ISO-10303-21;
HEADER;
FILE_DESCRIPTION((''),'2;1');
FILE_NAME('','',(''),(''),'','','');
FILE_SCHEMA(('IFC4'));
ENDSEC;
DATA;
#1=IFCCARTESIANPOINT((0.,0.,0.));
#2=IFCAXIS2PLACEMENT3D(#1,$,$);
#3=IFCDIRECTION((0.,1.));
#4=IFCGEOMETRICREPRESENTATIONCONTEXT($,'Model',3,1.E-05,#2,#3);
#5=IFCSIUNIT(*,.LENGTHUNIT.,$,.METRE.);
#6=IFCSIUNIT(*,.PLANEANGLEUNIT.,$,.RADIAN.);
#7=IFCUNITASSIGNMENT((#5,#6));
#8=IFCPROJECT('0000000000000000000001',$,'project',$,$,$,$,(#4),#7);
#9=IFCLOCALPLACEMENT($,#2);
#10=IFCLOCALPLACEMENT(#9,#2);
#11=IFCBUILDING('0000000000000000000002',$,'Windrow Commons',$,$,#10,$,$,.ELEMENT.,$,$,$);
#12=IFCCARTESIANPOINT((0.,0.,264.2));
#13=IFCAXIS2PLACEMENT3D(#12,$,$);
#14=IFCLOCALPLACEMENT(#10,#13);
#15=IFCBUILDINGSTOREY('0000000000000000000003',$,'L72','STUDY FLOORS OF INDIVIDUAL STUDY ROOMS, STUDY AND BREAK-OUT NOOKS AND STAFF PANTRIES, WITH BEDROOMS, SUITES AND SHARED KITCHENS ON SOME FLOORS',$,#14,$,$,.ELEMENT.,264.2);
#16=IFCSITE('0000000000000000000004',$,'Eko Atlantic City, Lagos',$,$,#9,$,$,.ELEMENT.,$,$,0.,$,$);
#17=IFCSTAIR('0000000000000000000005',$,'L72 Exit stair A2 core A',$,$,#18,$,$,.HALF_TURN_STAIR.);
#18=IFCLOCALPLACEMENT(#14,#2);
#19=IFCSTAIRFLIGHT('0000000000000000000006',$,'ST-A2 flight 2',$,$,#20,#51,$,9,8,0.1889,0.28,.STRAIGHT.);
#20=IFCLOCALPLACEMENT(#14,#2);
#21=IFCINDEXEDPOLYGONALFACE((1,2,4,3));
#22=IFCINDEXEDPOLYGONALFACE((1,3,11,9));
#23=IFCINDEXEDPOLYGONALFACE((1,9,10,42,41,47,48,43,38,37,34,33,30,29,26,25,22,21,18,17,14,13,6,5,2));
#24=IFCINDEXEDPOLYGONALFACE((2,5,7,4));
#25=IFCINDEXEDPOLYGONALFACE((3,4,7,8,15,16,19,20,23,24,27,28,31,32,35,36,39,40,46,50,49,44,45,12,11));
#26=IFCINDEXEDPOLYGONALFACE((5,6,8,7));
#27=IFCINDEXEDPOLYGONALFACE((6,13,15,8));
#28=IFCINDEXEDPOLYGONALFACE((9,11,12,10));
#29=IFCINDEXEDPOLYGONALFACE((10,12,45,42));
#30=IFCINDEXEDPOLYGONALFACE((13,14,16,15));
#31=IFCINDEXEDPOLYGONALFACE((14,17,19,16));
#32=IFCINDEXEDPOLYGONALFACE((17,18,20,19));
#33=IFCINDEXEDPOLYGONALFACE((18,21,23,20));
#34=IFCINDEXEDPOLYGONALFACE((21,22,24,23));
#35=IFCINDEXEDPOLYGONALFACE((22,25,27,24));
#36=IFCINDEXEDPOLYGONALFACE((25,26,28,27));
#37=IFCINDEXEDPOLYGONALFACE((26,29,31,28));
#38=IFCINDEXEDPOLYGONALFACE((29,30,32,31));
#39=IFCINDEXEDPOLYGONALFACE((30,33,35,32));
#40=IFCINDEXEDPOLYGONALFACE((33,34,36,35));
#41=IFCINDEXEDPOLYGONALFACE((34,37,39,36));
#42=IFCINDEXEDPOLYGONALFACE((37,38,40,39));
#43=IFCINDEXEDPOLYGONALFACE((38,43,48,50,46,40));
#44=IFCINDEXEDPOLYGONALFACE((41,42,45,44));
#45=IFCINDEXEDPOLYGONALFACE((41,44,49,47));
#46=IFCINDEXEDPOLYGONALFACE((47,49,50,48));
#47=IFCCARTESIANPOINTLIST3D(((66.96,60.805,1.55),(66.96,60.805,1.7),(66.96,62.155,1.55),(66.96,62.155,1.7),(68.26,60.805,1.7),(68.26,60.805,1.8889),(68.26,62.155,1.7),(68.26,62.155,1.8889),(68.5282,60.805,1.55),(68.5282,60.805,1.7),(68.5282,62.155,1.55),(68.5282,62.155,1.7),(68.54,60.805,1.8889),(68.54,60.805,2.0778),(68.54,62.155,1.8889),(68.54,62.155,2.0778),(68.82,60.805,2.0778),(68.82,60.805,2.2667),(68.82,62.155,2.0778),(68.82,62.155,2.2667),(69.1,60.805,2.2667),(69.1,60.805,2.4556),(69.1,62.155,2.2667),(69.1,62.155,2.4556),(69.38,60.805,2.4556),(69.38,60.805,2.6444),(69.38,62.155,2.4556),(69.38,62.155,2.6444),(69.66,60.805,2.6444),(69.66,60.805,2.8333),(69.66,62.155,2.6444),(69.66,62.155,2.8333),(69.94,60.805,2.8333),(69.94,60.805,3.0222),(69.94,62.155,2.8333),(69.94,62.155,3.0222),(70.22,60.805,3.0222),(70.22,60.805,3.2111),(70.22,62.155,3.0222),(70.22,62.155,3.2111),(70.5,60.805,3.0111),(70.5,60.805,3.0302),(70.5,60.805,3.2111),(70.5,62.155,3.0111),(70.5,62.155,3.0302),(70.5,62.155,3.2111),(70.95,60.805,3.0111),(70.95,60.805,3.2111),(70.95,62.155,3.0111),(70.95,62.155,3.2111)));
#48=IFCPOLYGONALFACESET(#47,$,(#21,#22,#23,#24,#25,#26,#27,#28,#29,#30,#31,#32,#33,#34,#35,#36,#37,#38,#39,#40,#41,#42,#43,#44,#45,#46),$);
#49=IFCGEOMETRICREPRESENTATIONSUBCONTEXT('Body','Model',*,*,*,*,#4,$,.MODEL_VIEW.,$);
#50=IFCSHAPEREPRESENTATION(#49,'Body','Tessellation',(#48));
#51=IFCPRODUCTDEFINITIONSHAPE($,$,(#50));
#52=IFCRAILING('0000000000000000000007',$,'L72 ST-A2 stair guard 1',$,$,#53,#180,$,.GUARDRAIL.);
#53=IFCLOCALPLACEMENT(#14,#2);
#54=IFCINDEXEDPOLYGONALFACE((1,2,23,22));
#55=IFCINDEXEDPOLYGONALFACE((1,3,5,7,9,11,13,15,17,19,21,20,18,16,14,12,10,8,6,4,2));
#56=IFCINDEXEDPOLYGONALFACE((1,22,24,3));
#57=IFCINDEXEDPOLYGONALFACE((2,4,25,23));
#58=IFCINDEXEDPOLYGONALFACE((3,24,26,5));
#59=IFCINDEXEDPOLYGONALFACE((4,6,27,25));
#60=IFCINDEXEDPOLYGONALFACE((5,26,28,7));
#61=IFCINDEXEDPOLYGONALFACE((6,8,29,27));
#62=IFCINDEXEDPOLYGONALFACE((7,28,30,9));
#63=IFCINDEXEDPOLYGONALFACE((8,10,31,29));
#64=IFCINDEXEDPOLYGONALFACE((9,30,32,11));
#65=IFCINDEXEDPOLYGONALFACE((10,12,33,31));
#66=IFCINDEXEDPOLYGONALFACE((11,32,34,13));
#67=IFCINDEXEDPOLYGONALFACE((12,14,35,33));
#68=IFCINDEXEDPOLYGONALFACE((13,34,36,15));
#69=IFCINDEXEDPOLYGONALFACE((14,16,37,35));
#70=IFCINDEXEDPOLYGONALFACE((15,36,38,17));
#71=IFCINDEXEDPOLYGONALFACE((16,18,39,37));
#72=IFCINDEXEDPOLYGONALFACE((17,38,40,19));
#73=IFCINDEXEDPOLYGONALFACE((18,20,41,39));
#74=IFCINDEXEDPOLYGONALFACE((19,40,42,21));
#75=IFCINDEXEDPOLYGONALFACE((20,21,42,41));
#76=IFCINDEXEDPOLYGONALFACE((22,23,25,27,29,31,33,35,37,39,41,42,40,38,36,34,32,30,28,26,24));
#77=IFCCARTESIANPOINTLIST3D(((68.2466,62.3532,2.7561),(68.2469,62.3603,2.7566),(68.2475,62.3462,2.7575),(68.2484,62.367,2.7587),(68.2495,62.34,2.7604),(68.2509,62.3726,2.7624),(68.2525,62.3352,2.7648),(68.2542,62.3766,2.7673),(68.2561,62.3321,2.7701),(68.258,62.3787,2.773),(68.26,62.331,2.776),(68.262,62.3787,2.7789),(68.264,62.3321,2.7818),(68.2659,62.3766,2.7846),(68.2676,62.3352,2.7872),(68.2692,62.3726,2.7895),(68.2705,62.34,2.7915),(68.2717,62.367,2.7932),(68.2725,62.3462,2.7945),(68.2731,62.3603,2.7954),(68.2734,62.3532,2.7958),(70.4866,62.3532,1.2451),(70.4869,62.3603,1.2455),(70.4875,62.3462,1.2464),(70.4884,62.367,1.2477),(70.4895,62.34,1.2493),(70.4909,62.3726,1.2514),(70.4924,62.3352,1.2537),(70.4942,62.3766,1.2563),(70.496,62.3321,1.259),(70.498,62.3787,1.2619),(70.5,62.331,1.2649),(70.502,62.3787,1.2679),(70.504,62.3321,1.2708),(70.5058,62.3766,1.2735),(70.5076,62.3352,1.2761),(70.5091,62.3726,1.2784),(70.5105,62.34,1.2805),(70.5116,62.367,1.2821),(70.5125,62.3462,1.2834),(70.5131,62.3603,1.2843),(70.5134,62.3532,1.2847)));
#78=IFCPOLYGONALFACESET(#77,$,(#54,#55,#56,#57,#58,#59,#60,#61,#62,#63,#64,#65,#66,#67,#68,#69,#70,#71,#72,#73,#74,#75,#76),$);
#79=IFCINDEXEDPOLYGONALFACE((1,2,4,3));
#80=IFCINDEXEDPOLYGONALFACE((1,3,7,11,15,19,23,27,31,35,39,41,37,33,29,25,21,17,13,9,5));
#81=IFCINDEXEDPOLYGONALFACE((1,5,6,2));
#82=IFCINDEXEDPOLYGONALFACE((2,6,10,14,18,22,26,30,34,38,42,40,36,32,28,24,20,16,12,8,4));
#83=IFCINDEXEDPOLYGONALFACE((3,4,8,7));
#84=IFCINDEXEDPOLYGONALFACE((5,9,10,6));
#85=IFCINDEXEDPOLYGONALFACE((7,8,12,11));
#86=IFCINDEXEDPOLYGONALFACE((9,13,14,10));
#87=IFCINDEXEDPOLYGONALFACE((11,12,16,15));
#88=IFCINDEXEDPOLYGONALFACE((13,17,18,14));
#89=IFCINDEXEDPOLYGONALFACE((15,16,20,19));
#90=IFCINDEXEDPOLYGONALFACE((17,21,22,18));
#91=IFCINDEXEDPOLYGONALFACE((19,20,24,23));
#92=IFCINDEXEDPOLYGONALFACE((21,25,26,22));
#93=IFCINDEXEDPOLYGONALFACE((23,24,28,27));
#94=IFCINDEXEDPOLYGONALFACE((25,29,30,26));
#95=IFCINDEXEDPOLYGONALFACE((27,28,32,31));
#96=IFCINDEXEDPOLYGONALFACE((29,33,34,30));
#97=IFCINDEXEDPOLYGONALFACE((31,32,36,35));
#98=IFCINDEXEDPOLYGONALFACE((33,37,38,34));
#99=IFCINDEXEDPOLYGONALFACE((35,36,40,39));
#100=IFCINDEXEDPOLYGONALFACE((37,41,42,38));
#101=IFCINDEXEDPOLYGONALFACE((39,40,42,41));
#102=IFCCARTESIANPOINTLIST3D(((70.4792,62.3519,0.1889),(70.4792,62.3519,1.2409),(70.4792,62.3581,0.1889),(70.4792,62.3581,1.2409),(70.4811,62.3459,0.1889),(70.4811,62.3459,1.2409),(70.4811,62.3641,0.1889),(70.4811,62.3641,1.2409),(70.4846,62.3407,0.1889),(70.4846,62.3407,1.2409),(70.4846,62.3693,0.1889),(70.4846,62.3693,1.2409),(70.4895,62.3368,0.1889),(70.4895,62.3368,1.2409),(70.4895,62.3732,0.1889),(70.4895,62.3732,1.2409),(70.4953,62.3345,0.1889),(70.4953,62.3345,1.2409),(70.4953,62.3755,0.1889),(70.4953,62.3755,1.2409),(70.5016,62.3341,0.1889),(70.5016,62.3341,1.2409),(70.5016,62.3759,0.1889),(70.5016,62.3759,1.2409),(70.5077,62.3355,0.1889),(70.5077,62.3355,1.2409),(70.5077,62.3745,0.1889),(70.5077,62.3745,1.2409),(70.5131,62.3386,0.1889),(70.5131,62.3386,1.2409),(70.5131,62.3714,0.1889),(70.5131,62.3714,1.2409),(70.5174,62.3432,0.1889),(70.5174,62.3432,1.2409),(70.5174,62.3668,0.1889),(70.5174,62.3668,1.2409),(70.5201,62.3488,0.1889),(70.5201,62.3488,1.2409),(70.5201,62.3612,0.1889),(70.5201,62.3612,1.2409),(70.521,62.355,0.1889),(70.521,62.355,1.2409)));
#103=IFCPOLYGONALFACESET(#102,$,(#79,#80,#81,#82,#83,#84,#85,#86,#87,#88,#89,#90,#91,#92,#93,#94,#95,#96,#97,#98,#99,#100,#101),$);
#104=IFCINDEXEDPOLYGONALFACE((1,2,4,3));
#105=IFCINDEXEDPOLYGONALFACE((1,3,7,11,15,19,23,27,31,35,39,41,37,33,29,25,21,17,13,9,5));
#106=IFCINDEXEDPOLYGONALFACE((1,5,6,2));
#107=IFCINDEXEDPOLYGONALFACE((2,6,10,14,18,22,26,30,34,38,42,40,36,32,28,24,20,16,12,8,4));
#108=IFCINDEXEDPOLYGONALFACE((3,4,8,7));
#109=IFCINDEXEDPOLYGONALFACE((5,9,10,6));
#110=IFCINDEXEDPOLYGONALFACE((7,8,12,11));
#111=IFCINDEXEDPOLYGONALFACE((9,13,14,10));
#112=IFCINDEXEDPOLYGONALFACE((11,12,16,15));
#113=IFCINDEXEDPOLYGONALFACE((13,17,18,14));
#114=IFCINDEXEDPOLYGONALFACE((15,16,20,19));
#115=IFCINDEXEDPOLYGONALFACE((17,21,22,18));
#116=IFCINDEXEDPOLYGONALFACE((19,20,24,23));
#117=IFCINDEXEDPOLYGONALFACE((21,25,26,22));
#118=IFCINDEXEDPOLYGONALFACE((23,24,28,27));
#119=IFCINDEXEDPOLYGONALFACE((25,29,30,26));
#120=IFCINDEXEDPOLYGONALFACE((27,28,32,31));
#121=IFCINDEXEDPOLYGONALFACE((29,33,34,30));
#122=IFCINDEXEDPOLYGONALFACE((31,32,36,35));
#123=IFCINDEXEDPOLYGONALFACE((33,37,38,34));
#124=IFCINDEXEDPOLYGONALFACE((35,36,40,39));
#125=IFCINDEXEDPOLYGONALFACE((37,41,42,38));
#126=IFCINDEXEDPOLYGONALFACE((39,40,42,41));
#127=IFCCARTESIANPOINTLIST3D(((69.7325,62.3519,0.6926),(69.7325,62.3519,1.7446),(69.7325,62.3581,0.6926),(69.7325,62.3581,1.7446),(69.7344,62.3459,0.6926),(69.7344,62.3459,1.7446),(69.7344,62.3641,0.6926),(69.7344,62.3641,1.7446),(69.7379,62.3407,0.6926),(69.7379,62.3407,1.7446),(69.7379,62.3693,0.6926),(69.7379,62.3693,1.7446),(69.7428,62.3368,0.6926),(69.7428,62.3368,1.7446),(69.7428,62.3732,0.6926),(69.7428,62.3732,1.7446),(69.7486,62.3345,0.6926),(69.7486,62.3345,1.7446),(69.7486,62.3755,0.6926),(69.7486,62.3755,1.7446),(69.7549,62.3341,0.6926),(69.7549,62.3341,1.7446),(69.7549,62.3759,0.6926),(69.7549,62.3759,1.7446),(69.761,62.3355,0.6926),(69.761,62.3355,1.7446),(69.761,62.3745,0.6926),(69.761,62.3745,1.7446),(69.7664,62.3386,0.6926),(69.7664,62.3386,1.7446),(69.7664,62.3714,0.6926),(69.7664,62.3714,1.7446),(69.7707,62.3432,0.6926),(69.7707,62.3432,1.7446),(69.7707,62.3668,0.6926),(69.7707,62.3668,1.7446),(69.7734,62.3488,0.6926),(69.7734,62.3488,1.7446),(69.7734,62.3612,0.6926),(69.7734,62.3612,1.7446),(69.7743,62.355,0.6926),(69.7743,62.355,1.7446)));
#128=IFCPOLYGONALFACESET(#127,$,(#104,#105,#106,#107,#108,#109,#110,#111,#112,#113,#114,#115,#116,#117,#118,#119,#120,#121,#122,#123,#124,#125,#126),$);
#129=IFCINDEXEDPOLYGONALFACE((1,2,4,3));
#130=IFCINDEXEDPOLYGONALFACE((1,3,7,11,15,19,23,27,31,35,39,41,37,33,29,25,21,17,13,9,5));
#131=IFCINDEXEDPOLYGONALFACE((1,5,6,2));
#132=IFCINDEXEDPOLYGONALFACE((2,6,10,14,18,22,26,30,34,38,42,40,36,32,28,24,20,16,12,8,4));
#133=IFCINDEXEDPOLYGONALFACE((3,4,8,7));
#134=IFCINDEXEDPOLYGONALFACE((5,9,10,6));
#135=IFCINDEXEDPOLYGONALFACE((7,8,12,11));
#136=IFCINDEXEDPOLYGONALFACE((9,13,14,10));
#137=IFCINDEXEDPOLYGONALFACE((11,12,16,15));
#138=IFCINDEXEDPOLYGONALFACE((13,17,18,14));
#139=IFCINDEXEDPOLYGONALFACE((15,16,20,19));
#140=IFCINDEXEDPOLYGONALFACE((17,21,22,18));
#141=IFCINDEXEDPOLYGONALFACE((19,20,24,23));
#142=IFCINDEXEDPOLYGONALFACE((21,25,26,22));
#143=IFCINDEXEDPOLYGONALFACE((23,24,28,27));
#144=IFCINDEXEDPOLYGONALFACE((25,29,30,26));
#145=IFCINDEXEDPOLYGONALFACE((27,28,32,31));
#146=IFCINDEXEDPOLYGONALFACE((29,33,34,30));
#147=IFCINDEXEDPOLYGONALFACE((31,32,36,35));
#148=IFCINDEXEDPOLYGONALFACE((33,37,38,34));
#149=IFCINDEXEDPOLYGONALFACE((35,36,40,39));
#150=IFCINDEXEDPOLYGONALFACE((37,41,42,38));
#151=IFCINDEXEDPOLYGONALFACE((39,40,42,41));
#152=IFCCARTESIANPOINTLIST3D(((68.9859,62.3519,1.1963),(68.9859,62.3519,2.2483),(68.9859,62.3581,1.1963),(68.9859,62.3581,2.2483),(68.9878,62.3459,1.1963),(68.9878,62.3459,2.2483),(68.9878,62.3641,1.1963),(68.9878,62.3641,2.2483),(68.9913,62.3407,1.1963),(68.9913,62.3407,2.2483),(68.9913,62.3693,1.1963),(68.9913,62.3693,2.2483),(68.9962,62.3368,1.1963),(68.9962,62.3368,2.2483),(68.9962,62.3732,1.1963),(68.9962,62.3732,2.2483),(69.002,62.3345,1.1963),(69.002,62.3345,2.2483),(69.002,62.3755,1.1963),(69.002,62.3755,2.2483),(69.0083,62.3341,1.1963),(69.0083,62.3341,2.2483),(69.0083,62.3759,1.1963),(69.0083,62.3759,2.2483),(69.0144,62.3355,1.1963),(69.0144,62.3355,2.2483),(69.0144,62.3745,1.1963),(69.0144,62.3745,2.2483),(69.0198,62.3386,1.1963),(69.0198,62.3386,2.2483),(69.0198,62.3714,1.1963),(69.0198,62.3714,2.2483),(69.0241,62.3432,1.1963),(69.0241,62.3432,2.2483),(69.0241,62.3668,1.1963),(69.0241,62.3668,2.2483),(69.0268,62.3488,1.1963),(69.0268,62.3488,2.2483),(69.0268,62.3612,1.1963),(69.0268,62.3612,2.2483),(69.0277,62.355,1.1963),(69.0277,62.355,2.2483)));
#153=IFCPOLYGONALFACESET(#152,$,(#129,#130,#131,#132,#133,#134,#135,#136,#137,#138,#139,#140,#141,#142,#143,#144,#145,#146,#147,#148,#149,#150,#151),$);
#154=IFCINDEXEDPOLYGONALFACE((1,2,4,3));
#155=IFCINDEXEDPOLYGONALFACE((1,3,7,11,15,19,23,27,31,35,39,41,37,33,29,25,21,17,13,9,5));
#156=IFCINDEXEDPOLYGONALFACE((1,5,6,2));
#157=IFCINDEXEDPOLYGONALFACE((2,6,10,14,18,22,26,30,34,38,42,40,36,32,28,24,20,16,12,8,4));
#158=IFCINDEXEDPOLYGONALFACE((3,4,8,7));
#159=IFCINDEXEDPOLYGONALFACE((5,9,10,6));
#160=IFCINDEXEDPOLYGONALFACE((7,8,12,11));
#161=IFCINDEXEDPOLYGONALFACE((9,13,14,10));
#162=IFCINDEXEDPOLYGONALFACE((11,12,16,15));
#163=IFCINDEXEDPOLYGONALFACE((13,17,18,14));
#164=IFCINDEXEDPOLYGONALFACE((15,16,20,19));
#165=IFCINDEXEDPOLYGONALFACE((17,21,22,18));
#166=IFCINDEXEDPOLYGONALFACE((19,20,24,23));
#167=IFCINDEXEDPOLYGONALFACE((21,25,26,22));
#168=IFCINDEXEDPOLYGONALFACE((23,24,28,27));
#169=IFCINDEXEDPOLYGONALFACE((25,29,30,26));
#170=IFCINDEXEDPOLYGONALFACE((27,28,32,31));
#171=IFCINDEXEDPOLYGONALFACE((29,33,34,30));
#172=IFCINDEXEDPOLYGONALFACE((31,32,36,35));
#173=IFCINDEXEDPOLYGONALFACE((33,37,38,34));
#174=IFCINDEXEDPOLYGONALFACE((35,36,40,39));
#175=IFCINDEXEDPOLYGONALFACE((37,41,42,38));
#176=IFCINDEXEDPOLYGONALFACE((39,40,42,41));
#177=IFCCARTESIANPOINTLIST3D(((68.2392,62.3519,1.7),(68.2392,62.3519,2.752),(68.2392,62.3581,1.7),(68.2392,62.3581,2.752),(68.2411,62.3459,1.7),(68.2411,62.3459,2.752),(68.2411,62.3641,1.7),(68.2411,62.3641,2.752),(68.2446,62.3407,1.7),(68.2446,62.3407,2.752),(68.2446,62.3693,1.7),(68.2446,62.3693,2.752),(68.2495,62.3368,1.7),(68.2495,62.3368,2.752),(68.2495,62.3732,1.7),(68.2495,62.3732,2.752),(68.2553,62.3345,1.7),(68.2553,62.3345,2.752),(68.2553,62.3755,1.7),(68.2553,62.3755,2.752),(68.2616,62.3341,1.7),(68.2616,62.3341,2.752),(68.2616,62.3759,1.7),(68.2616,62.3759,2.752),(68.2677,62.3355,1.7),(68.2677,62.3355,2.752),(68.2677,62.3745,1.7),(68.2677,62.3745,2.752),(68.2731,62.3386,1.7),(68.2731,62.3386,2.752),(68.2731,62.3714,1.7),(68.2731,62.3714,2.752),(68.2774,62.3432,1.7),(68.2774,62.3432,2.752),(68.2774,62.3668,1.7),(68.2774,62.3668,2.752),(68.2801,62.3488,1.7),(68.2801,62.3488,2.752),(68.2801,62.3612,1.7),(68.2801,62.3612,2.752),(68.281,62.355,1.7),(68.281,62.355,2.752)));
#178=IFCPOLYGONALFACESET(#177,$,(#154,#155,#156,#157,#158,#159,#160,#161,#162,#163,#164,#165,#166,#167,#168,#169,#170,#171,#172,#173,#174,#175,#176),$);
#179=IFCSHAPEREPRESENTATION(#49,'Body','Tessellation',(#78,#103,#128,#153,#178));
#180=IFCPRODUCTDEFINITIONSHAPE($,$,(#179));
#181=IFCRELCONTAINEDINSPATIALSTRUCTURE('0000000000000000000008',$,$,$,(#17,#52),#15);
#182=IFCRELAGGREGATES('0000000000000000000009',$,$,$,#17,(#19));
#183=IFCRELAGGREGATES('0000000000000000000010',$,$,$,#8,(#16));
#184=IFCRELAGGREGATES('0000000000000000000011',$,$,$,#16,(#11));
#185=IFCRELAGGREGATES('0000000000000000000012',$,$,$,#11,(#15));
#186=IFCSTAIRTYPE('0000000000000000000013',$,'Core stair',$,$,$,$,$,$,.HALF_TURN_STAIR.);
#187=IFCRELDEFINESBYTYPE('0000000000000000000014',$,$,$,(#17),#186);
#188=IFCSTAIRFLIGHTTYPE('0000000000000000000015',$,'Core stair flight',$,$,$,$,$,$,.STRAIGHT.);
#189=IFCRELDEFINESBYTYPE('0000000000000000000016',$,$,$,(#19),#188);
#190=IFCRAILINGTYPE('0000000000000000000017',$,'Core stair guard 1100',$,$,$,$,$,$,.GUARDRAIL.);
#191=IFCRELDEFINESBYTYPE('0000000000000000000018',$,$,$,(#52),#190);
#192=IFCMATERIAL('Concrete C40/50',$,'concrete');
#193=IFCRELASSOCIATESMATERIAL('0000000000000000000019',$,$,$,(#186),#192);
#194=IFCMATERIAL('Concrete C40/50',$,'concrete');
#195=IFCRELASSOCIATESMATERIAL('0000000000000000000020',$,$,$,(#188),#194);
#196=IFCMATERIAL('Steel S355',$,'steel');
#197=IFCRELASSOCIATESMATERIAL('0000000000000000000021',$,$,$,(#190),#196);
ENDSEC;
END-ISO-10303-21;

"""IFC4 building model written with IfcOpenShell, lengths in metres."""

from ifc_helpers import new_model, si_unit, direction, frame, origin, origin_2d, place, context, subcontext, project, spatial, polyline, circle, outline, extrude, material, type_object, element, aggregate, save


model = new_model("IFC4")

# Units and contexts
model_context = context("Model", 3, precision=1e-05, world=origin(), true_north=direction((0.0, 1.0)))
body_context = subcontext(model_context, "Body", "Model", "MODEL_VIEW")
ifc_project = project(units=[si_unit("LENGTHUNIT", "METRE"), si_unit("PLANEANGLEUNIT", "RADIAN")], contexts=[model_context])

# Site, building, storey
site_placement = place(None, origin())
site = spatial("IfcSite", under=ifc_project, at=site_placement, Name="Eko Atlantic City, Lagos", CompositionType="ELEMENT", RefElevation=0.0)
building_placement = place(site_placement, origin())
building = spatial("IfcBuilding", under=site, at=building_placement, Name="Windrow Commons", CompositionType="ELEMENT")
storey_placement = place(building_placement, frame((0.0, 0.0, 264.2)))
storey = spatial("IfcBuildingStorey", under=building, at=storey_placement, Name="L72", Description="STUDY FLOORS OF INDIVIDUAL STUDY ROOMS, STUDY AND BREAK-OUT NOOKS AND STAFF PANTRIES, WITH BEDROOMS, SUITES AND SHARED KITCHENS ON SOME FLOORS", CompositionType="ELEMENT", Elevation=264.2)

# Stair, stair flight
ifc_material_1 = material(Name="Concrete C40/50", Category="concrete")
stair_type = type_object("IfcStairType", Name="Core stair", PredefinedType="HALF_TURN_STAIR", material=ifc_material_1)
stair_placement = place(storey_placement, origin())
stair = element("IfcStair", 1, at=stair_placement, inside=storey, type_object=stair_type, Name="L72 Exit stair A2 core A", PredefinedType="HALF_TURN_STAIR")
ifc_material_2 = material(Name="Concrete C40/50", Category="concrete")
stair_flight_type = type_object("IfcStairFlightType", Name="Core stair flight", PredefinedType="STRAIGHT", material=ifc_material_2)
stair_flight_1_placement = place(storey_placement, frame((68.26, 61.48, 1.7), z_axis=(0.0, 0.0, 1.0), x_axis=(1.0, 0.0, 0.0)))
stair_flight_1 = element("IfcStairFlight", 2, at=stair_flight_1_placement, type_object=stair_flight_type, Name="ST-A2 flight 2", NumberOfRisers=9, NumberOfTreads=8, PredefinedType="STRAIGHT", RiserHeight=0.1889, TreadLength=0.28, context=body_context, shape_type="SweptSolid", body=[
    extrude(outline(polyline([(-1.3, -0.15), (-1.3, 0.0), (0.0, 0.0), (0.0, 0.1889), (0.28, 0.1889), (0.28, 0.3778), (0.56, 0.3778), (0.56, 0.5667), (0.84, 0.5667), (0.84, 0.7556), (1.12, 0.7556), (1.12, 0.9444), (1.4, 0.9444), (1.4, 1.1333), (1.68, 1.1333), (1.68, 1.3222), (1.96, 1.3222), (1.96, 1.5111), (2.24, 1.5111), (2.69, 1.5111), (2.69, 1.3111), (2.24, 1.3111), (2.24, 1.3302), (0.2682, 0.0), (0.2682, -0.15), (-1.3, -0.15)])), frame((0.0, 0.675, 0.0), z_axis=(0.0, -1.0, 0.0), x_axis=(1.0, 0.0, 0.0)), (0.0, 0.0, 1.0), 1.35),
])
aggregate(stair, [stair_flight_1])

# Railing
ifc_material_3 = material(Name="Steel S355", Category="steel")
railing_type_1 = type_object("IfcRailingType", Name="Core stair guard 1100", PredefinedType="GUARDRAIL", material=ifc_material_3)
railing_1_placement = place(storey_placement, frame((70.5, 62.355, 0.1889)))
element("IfcRailing", 3, at=railing_1_placement, inside=storey, type_object=railing_type_1, Name="L72 ST-A2 stair guard 1", PredefinedType="GUARDRAIL", context=body_context, shape_type="SweptSolid", body=[
    extrude(circle(Radius=0.024, at=origin_2d()), frame((0.0, 0.0, 1.076), z_axis=(-0.829003, 0.0, 0.559244), x_axis=(0.0, -1.0, 0.0)), (0.0, 0.0, 1.0), 2.702),
    extrude(circle(Radius=0.021, at=origin_2d()), origin(), (0.0, 0.0, 1.0), 1.052),
    extrude(circle(Radius=0.021, at=origin_2d()), frame((-0.7467, 0.0, 0.5037)), (0.0, 0.0, 1.0), 1.052),
    extrude(circle(Radius=0.021, at=origin_2d()), frame((-1.4933, 0.0, 1.0074)), (0.0, 0.0, 1.0), 1.052),
    extrude(circle(Radius=0.021, at=origin_2d()), frame((-2.24, 0.0, 1.5111)), (0.0, 0.0, 1.0), 1.052),
])

save(model, "model.ifc")
